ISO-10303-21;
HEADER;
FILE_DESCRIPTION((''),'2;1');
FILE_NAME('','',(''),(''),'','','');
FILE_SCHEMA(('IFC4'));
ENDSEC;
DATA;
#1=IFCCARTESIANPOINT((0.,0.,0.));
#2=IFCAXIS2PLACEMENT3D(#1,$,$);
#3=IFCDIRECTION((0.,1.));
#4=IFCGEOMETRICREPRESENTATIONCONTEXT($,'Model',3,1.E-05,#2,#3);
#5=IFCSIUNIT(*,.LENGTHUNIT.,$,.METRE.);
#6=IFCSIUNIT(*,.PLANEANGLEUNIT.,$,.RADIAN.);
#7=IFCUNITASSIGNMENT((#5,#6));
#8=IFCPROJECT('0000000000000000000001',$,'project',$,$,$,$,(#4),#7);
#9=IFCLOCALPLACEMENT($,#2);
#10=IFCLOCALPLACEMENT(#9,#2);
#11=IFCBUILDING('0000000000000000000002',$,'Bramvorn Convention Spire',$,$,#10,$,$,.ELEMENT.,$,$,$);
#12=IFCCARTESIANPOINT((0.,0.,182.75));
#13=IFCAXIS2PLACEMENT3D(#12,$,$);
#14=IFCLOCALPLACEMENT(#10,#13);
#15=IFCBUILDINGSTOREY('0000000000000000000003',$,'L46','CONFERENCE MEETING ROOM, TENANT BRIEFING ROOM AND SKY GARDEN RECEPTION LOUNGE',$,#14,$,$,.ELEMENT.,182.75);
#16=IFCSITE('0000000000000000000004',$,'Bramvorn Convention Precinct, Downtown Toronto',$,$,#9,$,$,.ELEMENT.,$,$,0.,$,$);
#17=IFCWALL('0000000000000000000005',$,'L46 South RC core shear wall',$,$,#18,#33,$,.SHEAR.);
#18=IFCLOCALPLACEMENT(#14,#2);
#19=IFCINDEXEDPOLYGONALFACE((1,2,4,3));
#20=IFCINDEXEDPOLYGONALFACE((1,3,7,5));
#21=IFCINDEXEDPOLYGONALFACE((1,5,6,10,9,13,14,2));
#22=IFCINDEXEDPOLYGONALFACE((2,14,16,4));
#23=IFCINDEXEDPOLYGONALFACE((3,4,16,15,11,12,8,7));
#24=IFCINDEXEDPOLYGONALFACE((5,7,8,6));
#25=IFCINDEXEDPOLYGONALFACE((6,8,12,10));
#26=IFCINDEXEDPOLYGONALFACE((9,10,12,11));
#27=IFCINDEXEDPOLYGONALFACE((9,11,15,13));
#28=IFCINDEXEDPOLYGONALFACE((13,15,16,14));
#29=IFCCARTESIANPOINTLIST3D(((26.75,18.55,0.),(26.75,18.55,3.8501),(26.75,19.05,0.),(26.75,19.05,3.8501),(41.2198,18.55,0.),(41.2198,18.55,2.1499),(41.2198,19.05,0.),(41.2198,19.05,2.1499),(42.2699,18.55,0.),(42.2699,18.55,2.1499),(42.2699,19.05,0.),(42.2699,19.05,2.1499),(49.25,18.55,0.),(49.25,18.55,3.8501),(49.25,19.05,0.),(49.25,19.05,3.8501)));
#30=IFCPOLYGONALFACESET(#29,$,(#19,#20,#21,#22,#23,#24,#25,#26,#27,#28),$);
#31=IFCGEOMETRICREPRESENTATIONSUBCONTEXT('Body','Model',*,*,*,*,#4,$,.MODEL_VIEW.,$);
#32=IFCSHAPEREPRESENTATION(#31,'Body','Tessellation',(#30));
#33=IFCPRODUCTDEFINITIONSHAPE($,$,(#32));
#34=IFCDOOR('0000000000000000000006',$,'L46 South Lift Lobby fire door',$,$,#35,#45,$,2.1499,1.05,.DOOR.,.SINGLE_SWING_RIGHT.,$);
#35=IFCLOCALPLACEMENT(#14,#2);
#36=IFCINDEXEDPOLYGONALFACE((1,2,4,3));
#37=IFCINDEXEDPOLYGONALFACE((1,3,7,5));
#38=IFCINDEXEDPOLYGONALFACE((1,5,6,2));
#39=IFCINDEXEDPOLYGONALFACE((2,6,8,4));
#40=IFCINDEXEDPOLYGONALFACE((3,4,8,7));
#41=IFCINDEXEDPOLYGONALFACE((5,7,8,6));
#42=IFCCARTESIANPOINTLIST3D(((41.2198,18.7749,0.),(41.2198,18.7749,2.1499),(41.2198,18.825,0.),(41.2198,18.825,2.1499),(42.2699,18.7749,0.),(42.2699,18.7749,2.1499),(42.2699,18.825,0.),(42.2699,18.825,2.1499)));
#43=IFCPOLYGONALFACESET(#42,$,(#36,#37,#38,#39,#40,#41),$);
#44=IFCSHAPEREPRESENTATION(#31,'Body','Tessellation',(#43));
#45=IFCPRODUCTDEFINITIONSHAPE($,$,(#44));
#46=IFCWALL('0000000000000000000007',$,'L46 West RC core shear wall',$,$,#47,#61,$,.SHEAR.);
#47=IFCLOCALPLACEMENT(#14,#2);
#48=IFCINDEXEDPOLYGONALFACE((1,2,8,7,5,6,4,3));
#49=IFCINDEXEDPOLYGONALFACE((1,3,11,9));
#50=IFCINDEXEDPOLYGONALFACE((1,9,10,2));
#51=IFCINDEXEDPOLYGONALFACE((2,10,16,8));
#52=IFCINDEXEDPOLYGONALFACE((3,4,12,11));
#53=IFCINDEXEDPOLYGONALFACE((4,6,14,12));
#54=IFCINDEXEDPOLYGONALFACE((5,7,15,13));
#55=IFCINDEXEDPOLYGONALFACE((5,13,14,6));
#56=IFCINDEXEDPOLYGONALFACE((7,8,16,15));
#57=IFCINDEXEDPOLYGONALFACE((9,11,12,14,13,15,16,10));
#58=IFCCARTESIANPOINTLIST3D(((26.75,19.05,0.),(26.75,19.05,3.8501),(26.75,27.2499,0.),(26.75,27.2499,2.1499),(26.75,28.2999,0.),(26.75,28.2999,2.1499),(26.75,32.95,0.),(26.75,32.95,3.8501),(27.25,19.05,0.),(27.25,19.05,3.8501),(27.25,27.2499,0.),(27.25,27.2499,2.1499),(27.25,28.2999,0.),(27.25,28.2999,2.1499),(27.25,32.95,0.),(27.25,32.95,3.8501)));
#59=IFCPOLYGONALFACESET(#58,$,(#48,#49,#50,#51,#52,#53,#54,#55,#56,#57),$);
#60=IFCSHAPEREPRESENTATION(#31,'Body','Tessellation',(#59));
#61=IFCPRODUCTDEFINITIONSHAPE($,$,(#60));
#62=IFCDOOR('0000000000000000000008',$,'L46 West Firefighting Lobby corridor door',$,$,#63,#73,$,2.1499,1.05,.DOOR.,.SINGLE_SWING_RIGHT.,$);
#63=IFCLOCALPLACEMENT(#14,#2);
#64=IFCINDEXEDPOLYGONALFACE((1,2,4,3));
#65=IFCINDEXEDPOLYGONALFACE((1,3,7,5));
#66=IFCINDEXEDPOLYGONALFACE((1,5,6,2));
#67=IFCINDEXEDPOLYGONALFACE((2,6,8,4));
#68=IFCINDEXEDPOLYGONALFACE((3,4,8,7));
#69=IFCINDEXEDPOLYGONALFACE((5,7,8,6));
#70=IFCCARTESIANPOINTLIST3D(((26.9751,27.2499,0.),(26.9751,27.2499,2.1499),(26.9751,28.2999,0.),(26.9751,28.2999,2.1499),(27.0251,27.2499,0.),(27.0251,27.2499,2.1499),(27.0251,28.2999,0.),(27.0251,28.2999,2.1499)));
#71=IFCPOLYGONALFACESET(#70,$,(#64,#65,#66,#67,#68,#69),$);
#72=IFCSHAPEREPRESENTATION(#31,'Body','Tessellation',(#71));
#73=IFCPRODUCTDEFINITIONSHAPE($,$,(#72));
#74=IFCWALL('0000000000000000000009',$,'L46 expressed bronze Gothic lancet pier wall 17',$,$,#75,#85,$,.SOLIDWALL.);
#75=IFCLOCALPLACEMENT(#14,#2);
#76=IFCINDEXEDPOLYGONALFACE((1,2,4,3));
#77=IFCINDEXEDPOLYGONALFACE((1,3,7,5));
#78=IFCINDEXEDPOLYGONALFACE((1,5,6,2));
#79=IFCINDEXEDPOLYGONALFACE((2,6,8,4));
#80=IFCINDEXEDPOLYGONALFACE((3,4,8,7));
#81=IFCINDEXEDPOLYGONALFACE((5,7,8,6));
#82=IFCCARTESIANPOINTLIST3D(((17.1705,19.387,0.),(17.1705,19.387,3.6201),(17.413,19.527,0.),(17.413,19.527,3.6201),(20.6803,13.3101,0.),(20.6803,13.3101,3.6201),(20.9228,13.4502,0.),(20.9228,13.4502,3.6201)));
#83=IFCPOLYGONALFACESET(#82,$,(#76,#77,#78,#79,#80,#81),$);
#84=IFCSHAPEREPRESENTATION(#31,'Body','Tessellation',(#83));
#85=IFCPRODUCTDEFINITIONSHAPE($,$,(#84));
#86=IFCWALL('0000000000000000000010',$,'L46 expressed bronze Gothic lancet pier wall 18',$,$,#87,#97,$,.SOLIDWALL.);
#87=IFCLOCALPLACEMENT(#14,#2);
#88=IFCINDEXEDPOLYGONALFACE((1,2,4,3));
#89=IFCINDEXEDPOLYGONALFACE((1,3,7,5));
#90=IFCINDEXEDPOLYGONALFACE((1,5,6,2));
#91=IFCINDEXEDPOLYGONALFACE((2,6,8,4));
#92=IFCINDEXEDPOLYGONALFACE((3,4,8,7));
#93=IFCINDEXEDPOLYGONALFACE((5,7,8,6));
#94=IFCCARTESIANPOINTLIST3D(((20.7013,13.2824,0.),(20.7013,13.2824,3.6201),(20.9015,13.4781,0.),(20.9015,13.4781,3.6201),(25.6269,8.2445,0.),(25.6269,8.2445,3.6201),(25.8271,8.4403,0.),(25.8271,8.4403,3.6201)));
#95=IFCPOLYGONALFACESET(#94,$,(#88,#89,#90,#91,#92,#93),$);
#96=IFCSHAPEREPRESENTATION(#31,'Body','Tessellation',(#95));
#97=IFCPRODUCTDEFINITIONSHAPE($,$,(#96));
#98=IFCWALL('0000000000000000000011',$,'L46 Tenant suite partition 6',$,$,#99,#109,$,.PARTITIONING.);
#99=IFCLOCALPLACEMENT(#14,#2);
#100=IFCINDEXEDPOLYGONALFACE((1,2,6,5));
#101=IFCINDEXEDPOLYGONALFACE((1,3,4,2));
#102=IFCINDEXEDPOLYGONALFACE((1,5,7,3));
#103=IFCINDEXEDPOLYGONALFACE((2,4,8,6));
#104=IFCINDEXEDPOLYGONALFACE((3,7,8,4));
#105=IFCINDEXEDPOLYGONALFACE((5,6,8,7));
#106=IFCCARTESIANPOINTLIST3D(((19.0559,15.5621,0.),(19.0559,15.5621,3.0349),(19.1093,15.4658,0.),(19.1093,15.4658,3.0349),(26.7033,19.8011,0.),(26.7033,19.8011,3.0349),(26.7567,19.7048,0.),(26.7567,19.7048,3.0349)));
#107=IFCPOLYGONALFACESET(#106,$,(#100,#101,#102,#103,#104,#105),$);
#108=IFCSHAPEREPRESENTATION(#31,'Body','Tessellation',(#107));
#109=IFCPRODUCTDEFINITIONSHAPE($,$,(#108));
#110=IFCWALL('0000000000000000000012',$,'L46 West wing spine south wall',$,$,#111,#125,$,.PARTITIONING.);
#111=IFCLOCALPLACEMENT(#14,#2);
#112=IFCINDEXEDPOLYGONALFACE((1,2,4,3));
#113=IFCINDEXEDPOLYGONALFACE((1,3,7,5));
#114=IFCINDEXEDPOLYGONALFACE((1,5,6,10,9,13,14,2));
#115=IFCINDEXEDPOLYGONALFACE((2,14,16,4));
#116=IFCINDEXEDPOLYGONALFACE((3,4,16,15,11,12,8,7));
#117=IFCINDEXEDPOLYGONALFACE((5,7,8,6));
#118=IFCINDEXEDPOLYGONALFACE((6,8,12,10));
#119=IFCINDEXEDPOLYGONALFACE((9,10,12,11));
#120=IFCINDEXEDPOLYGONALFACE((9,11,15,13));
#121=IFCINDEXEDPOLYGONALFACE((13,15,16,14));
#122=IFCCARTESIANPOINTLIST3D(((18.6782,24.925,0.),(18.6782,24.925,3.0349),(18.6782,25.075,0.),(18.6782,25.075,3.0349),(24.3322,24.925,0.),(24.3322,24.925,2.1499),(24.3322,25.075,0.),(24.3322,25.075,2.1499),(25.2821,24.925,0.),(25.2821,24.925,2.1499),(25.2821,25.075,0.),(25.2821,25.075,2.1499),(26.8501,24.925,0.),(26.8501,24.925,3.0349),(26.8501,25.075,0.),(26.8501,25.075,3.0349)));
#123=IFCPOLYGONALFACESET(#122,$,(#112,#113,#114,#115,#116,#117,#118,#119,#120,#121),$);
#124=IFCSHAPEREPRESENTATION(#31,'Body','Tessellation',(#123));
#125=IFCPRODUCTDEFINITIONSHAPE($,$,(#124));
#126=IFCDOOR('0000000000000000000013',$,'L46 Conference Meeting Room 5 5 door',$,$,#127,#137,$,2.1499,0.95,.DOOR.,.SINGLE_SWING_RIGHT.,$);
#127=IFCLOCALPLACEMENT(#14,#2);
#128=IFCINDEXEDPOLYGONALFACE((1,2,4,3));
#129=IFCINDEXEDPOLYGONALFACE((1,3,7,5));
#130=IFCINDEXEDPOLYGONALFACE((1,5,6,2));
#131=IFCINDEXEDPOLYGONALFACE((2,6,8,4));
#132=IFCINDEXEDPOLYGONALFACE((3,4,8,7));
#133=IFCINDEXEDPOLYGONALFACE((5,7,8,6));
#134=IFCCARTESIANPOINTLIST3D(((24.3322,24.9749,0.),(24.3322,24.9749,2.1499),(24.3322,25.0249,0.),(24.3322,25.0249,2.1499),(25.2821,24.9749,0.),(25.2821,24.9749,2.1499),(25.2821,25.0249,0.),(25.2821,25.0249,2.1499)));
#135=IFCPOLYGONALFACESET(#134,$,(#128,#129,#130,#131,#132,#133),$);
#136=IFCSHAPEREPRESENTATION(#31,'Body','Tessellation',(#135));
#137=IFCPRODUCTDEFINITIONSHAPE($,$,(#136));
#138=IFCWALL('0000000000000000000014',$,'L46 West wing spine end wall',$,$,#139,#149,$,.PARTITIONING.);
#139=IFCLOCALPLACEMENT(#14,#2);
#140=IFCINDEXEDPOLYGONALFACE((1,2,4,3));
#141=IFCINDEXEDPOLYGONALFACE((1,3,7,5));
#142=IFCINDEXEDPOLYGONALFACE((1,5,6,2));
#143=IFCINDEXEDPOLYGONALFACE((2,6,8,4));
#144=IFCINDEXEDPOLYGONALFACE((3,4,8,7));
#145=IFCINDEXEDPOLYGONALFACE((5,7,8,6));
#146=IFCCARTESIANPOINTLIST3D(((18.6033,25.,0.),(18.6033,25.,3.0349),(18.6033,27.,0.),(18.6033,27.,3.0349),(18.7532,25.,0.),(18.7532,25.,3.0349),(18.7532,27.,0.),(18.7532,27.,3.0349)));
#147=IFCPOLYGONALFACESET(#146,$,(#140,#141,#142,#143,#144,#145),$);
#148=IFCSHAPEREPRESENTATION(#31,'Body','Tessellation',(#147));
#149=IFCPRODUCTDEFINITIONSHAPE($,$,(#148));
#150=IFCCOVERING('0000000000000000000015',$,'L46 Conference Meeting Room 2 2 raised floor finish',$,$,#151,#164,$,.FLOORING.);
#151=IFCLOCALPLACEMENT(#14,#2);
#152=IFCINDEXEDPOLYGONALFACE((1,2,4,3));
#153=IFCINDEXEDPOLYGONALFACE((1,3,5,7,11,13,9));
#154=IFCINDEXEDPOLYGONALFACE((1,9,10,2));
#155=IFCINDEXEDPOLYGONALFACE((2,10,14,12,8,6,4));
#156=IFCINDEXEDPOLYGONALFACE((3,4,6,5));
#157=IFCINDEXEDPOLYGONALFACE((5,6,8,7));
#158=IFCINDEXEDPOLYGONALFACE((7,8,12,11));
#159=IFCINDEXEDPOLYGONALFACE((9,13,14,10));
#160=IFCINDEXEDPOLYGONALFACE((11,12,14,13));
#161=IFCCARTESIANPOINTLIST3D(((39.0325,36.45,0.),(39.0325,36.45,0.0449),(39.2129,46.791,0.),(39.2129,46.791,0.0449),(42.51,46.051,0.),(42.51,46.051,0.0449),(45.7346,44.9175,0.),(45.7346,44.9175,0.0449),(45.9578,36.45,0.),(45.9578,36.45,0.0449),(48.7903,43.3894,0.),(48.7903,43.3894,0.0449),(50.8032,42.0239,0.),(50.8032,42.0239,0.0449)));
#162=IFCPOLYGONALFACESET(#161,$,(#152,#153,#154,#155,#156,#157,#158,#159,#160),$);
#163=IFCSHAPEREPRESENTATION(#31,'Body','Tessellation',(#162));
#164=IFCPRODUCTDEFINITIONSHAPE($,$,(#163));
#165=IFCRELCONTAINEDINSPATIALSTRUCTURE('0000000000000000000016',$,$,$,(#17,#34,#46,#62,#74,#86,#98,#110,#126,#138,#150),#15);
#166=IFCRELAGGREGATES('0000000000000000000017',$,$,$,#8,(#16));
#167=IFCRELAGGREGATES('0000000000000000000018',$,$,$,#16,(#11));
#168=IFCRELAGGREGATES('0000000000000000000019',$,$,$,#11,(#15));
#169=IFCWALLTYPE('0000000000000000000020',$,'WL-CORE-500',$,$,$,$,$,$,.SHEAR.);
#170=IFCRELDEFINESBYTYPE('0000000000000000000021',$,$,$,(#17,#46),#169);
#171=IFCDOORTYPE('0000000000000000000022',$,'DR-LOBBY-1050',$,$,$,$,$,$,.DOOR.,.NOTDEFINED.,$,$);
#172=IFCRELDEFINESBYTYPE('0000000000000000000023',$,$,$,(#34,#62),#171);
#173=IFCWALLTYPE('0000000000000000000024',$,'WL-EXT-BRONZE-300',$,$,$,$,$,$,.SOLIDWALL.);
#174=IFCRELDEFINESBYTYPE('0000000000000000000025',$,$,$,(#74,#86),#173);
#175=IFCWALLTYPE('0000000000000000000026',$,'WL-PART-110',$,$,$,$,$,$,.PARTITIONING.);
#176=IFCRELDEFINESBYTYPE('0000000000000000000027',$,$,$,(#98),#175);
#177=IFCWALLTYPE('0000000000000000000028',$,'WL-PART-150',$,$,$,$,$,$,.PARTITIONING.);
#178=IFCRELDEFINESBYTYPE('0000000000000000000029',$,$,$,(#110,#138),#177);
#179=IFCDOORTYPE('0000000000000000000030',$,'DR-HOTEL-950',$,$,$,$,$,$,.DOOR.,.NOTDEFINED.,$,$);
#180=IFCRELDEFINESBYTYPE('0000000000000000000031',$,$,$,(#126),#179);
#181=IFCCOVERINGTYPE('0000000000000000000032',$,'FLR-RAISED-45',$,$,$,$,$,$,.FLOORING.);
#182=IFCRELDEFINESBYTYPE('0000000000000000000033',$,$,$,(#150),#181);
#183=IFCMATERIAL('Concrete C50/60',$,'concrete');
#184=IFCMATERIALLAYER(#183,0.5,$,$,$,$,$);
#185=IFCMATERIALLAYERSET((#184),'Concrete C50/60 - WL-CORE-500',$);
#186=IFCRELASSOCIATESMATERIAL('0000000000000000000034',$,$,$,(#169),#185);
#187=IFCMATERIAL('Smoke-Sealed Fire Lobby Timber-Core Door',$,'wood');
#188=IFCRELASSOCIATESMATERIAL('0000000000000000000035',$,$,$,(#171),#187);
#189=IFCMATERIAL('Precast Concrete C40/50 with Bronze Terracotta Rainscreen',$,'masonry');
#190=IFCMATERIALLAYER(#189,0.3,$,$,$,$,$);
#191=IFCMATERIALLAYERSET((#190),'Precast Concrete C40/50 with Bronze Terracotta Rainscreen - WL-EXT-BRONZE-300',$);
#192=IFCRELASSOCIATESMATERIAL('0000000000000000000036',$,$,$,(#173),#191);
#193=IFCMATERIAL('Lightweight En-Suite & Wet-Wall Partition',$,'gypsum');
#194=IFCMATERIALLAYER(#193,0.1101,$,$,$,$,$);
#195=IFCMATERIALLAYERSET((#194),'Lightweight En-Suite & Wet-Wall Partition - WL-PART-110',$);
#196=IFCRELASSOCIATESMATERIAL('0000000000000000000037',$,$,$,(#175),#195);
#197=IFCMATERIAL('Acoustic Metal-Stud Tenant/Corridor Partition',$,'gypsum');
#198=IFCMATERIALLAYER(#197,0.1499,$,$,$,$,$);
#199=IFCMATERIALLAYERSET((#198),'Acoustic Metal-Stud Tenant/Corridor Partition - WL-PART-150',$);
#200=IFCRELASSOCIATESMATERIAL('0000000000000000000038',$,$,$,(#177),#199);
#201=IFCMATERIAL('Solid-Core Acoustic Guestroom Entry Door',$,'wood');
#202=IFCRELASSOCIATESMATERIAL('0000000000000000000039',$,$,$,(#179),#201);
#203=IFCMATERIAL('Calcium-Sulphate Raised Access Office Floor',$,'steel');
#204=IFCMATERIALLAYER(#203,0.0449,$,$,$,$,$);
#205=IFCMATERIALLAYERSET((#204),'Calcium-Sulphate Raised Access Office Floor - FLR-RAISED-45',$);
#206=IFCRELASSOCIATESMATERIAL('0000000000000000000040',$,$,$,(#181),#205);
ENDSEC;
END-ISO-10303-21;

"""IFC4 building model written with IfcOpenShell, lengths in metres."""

from ifc_helpers import new_model, si_unit, direction, frame, frame_2d, origin, place, context, subcontext, project, spatial, polyline, rectangle, outline, extrude, material, layer, layer_set, type_object, element, fill, save


model = new_model("IFC4")

# Units and contexts
model_context = context("Model", 3, precision=1e-05, world=origin(), true_north=direction((0.0, 1.0)))
body_context = subcontext(model_context, "Body", "Model", "MODEL_VIEW")
ifc_project = project(units=[si_unit("LENGTHUNIT", "METRE"), si_unit("PLANEANGLEUNIT", "RADIAN")], contexts=[model_context])

# Site, building, storey
site_placement = place(None, origin())
site = spatial("IfcSite", under=ifc_project, at=site_placement, Name="Bramvorn Convention Precinct, Downtown Toronto", CompositionType="ELEMENT", RefElevation=0.0)
building_placement = place(site_placement, origin())
building = spatial("IfcBuilding", under=site, at=building_placement, Name="Bramvorn Convention Spire", CompositionType="ELEMENT")
storey_placement = place(building_placement, frame((0.0, 0.0, 182.75)))
storey = spatial("IfcBuildingStorey", under=building, at=storey_placement, Name="L46", Description="CONFERENCE MEETING ROOM, TENANT BRIEFING ROOM AND SKY GARDEN RECEPTION LOUNGE", CompositionType="ELEMENT", Elevation=182.75)

# Walls, openings, doors
ifc_material_1 = material(Name="Concrete C50/60", Category="concrete")
ifc_layer_1 = layer(ifc_material_1, 0.5)
ifc_layer_set_1 = layer_set([ifc_layer_1], Name="Concrete C50/60 - WL-CORE-500")
wall_type_1 = type_object("IfcWallType", Name="WL-CORE-500", PredefinedType="SHEAR", material=ifc_layer_set_1)
wall_1_placement = place(storey_placement, frame((26.75, 18.8, 0.0), z_axis=(0.0, 0.0, 1.0), x_axis=(1.0, 0.0, 0.0)))
wall_1 = element("IfcWall", 1, at=wall_1_placement, inside=storey, type_object=wall_type_1, Name="L46 South RC core shear wall", PredefinedType="SHEAR", context=body_context, shape_type="SweptSolid", body=[
    extrude(rectangle(XDim=22.5, YDim=0.5, at=frame_2d((11.25, 0.0))), origin(), (0.0, 0.0, 1.0), 3.8501),
])
opening_1_placement = place(wall_1_placement, frame((14.47, 0.0, 0.0)))
opening_1 = element("IfcOpeningElement", 2, at=opening_1_placement, cuts=wall_1, PredefinedType="OPENING", context=body_context, shape_type="SweptSolid", body=[
    extrude(rectangle(XDim=1.05, YDim=2.1499, at=frame_2d((0.5249, 1.075))), frame((0.0, 0.26, 0.0), z_axis=(0.0, -1.0, 0.0), x_axis=(1.0, 0.0, 0.0)), (0.0, 0.0, 1.0), 0.52),
])
ifc_material_2 = material(Name="Smoke-Sealed Fire Lobby Timber-Core Door", Category="wood")
door_type_1 = type_object("IfcDoorType", Name="DR-LOBBY-1050", OperationType="NOTDEFINED", PredefinedType="DOOR", material=ifc_material_2)
door_1_placement = place(opening_1_placement, origin())
door_1 = element("IfcDoor", 3, at=door_1_placement, inside=storey, type_object=door_type_1, Name="L46 South Lift Lobby fire door", OperationType="SINGLE_SWING_RIGHT", OverallHeight=2.1499, OverallWidth=1.05, PredefinedType="DOOR", context=body_context, shape_type="SweptSolid", body=[
    extrude(rectangle(XDim=1.05, YDim=2.1499, at=frame_2d((0.5249, 1.075))), frame((0.0, 0.0249, 0.0), z_axis=(0.0, -1.0, 0.0), x_axis=(1.0, 0.0, 0.0)), (0.0, 0.0, 1.0), 0.05),
])
fill(opening_1, door_1)
wall_2_placement = place(storey_placement, frame((27.0, 19.05, 0.0), z_axis=(0.0, 0.0, 1.0), x_axis=(0.0, 1.0, 0.0)))
wall_2 = element("IfcWall", 4, at=wall_2_placement, inside=storey, type_object=wall_type_1, Name="L46 West RC core shear wall", PredefinedType="SHEAR", context=body_context, shape_type="SweptSolid", body=[
    extrude(rectangle(XDim=13.8999, YDim=0.5, at=frame_2d((6.95, 0.0))), origin(), (0.0, 0.0, 1.0), 3.8501),
])
opening_2_placement = place(wall_2_placement, frame((8.2, 0.0, 0.0)))
opening_2 = element("IfcOpeningElement", 5, at=opening_2_placement, cuts=wall_2, PredefinedType="OPENING", context=body_context, shape_type="SweptSolid", body=[
    extrude(rectangle(XDim=1.05, YDim=2.1499, at=frame_2d((0.5249, 1.075))), frame((0.0, 0.26, 0.0), z_axis=(0.0, -1.0, 0.0), x_axis=(1.0, 0.0, 0.0)), (0.0, 0.0, 1.0), 0.52),
])
door_2_placement = place(opening_2_placement, origin())
door_2 = element("IfcDoor", 6, at=door_2_placement, inside=storey, type_object=door_type_1, Name="L46 West Firefighting Lobby corridor door", OperationType="SINGLE_SWING_RIGHT", OverallHeight=2.1499, OverallWidth=1.05, PredefinedType="DOOR", context=body_context, shape_type="SweptSolid", body=[
    extrude(rectangle(XDim=1.05, YDim=2.1499, at=frame_2d((0.5249, 1.075))), frame((0.0, 0.0249, 0.0), z_axis=(0.0, -1.0, 0.0), x_axis=(1.0, 0.0, 0.0)), (0.0, 0.0, 1.0), 0.05),
])
fill(opening_2, door_2)

# Walls
ifc_material_3 = material(Name="Precast Concrete C40/50 with Bronze Terracotta Rainscreen", Category="masonry")
ifc_layer_2 = layer(ifc_material_3, 0.3)
ifc_layer_set_2 = layer_set([ifc_layer_2], Name="Precast Concrete C40/50 with Bronze Terracotta Rainscreen - WL-EXT-BRONZE-300")
wall_type_2 = type_object("IfcWallType", Name="WL-EXT-BRONZE-300", PredefinedType="SOLIDWALL", material=ifc_layer_set_2)
wall_3_placement = place(storey_placement, frame((20.8015, 13.3801, 0.0), z_axis=(0.0, 0.0, 1.0), x_axis=(-0.500135, 0.865947, 0.0)))
element("IfcWall", 7, at=wall_3_placement, inside=storey, type_object=wall_type_2, Name="L46 expressed bronze Gothic lancet pier wall 17", PredefinedType="SOLIDWALL", context=body_context, shape_type="SweptSolid", body=[
    extrude(rectangle(XDim=7.0176, YDim=0.28, at=frame_2d((3.5088, 0.0))), origin(), (0.0, 0.0, 1.0), 3.6201),
])
wall_4_placement = place(storey_placement, frame((25.7271, 8.3423, 0.0), z_axis=(0.0, 0.0, 1.0), x_axis=(-0.699092, 0.715032, 0.0)))
element("IfcWall", 8, at=wall_4_placement, inside=storey, type_object=wall_type_2, Name="L46 expressed bronze Gothic lancet pier wall 18", PredefinedType="SOLIDWALL", context=body_context, shape_type="SweptSolid", body=[
    extrude(rectangle(XDim=7.0457, YDim=0.28, at=frame_2d((3.5229, 0.0))), origin(), (0.0, 0.0, 1.0), 3.6201),
])
ifc_material_4 = material(Name="Lightweight En-Suite & Wet-Wall Partition", Category="gypsum")
ifc_layer_3 = layer(ifc_material_4, 0.1101)
ifc_layer_set_3 = layer_set([ifc_layer_3], Name="Lightweight En-Suite & Wet-Wall Partition - WL-PART-110")
wall_type_3 = type_object("IfcWallType", Name="WL-PART-110", PredefinedType="PARTITIONING", material=ifc_layer_set_3)
wall_5_placement = place(storey_placement, frame((26.73, 19.7529, 0.0), z_axis=(0.0, 0.0, 1.0), x_axis=(-0.874622, -0.484806, 0.0)))
element("IfcWall", 9, at=wall_5_placement, inside=storey, type_object=wall_type_3, Name="L46 Tenant suite partition 6", PredefinedType="PARTITIONING", context=body_context, shape_type="SweptSolid", body=[
    extrude(rectangle(XDim=8.7437, YDim=0.1101, at=frame_2d((4.3718, 0.0))), origin(), (0.0, 0.0, 1.0), 3.0349),
])

# Wall, opening, door
ifc_material_5 = material(Name="Acoustic Metal-Stud Tenant/Corridor Partition", Category="gypsum")
ifc_layer_4 = layer(ifc_material_5, 0.1499)
ifc_layer_set_4 = layer_set([ifc_layer_4], Name="Acoustic Metal-Stud Tenant/Corridor Partition - WL-PART-150")
wall_type_4 = type_object("IfcWallType", Name="WL-PART-150", PredefinedType="PARTITIONING", material=ifc_layer_set_4)
wall_6_placement = place(storey_placement, frame((18.6782, 25.0, 0.0), z_axis=(0.0, 0.0, 1.0), x_axis=(1.0, 0.0, 0.0)))
wall_6 = element("IfcWall", 10, at=wall_6_placement, inside=storey, type_object=wall_type_4, Name="L46 West wing spine south wall", PredefinedType="PARTITIONING", context=body_context, shape_type="SweptSolid", body=[
    extrude(rectangle(XDim=8.1719, YDim=0.1499, at=frame_2d((4.0859, 0.0))), origin(), (0.0, 0.0, 1.0), 3.0349),
])
opening_3_placement = place(wall_6_placement, frame((5.6538, 0.0, 0.0)))
opening_3 = element("IfcOpeningElement", 11, at=opening_3_placement, cuts=wall_6, PredefinedType="OPENING", context=body_context, shape_type="SweptSolid", body=[
    extrude(rectangle(XDim=0.95, YDim=2.1499, at=frame_2d((0.4751, 1.075))), frame((0.0, 0.085, 0.0), z_axis=(0.0, -1.0, 0.0), x_axis=(1.0, 0.0, 0.0)), (0.0, 0.0, 1.0), 0.1699),
])
ifc_material_6 = material(Name="Solid-Core Acoustic Guestroom Entry Door", Category="wood")
door_type_2 = type_object("IfcDoorType", Name="DR-HOTEL-950", OperationType="NOTDEFINED", PredefinedType="DOOR", material=ifc_material_6)
door_3_placement = place(opening_3_placement, origin())
door_3 = element("IfcDoor", 12, at=door_3_placement, inside=storey, type_object=door_type_2, Name="L46 Conference Meeting Room 5 5 door", OperationType="SINGLE_SWING_RIGHT", OverallHeight=2.1499, OverallWidth=0.95, PredefinedType="DOOR", context=body_context, shape_type="SweptSolid", body=[
    extrude(rectangle(XDim=0.95, YDim=2.1499, at=frame_2d((0.4751, 1.075))), frame((0.0, 0.0249, 0.0), z_axis=(0.0, -1.0, 0.0), x_axis=(1.0, 0.0, 0.0)), (0.0, 0.0, 1.0), 0.05),
])
fill(opening_3, door_3)

# Wall
wall_7_placement = place(storey_placement, frame((18.6782, 25.0, 0.0), z_axis=(0.0, 0.0, 1.0), x_axis=(0.0, 1.0, 0.0)))
element("IfcWall", 13, at=wall_7_placement, inside=storey, type_object=wall_type_4, Name="L46 West wing spine end wall", PredefinedType="PARTITIONING", context=body_context, shape_type="SweptSolid", body=[
    extrude(rectangle(XDim=2.0, YDim=0.1499, at=frame_2d((1.0, 0.0))), origin(), (0.0, 0.0, 1.0), 3.0349),
])

# Covering
ifc_material_7 = material(Name="Calcium-Sulphate Raised Access Office Floor", Category="steel")
ifc_layer_5 = layer(ifc_material_7, 0.0449)
ifc_layer_set_5 = layer_set([ifc_layer_5], Name="Calcium-Sulphate Raised Access Office Floor - FLR-RAISED-45")
covering_type = type_object("IfcCoveringType", Name="FLR-RAISED-45", PredefinedType="FLOORING", material=ifc_layer_set_5)
covering_placement = place(storey_placement, origin())
element("IfcCovering", 14, at=covering_placement, inside=storey, type_object=covering_type, Name="L46 Conference Meeting Room 2 2 raised floor finish", PredefinedType="FLOORING", context=body_context, shape_type="SweptSolid", body=[
    extrude(outline(polyline([(39.0325, 36.45), (45.9578, 36.45), (50.8032, 42.0239), (48.7903, 43.3894), (45.7346, 44.9175), (42.51, 46.051), (39.2129, 46.791), (39.0325, 36.45)])), origin(), (0.0, 0.0, 1.0), 0.0449),
])

save(model, "model.ifc")
